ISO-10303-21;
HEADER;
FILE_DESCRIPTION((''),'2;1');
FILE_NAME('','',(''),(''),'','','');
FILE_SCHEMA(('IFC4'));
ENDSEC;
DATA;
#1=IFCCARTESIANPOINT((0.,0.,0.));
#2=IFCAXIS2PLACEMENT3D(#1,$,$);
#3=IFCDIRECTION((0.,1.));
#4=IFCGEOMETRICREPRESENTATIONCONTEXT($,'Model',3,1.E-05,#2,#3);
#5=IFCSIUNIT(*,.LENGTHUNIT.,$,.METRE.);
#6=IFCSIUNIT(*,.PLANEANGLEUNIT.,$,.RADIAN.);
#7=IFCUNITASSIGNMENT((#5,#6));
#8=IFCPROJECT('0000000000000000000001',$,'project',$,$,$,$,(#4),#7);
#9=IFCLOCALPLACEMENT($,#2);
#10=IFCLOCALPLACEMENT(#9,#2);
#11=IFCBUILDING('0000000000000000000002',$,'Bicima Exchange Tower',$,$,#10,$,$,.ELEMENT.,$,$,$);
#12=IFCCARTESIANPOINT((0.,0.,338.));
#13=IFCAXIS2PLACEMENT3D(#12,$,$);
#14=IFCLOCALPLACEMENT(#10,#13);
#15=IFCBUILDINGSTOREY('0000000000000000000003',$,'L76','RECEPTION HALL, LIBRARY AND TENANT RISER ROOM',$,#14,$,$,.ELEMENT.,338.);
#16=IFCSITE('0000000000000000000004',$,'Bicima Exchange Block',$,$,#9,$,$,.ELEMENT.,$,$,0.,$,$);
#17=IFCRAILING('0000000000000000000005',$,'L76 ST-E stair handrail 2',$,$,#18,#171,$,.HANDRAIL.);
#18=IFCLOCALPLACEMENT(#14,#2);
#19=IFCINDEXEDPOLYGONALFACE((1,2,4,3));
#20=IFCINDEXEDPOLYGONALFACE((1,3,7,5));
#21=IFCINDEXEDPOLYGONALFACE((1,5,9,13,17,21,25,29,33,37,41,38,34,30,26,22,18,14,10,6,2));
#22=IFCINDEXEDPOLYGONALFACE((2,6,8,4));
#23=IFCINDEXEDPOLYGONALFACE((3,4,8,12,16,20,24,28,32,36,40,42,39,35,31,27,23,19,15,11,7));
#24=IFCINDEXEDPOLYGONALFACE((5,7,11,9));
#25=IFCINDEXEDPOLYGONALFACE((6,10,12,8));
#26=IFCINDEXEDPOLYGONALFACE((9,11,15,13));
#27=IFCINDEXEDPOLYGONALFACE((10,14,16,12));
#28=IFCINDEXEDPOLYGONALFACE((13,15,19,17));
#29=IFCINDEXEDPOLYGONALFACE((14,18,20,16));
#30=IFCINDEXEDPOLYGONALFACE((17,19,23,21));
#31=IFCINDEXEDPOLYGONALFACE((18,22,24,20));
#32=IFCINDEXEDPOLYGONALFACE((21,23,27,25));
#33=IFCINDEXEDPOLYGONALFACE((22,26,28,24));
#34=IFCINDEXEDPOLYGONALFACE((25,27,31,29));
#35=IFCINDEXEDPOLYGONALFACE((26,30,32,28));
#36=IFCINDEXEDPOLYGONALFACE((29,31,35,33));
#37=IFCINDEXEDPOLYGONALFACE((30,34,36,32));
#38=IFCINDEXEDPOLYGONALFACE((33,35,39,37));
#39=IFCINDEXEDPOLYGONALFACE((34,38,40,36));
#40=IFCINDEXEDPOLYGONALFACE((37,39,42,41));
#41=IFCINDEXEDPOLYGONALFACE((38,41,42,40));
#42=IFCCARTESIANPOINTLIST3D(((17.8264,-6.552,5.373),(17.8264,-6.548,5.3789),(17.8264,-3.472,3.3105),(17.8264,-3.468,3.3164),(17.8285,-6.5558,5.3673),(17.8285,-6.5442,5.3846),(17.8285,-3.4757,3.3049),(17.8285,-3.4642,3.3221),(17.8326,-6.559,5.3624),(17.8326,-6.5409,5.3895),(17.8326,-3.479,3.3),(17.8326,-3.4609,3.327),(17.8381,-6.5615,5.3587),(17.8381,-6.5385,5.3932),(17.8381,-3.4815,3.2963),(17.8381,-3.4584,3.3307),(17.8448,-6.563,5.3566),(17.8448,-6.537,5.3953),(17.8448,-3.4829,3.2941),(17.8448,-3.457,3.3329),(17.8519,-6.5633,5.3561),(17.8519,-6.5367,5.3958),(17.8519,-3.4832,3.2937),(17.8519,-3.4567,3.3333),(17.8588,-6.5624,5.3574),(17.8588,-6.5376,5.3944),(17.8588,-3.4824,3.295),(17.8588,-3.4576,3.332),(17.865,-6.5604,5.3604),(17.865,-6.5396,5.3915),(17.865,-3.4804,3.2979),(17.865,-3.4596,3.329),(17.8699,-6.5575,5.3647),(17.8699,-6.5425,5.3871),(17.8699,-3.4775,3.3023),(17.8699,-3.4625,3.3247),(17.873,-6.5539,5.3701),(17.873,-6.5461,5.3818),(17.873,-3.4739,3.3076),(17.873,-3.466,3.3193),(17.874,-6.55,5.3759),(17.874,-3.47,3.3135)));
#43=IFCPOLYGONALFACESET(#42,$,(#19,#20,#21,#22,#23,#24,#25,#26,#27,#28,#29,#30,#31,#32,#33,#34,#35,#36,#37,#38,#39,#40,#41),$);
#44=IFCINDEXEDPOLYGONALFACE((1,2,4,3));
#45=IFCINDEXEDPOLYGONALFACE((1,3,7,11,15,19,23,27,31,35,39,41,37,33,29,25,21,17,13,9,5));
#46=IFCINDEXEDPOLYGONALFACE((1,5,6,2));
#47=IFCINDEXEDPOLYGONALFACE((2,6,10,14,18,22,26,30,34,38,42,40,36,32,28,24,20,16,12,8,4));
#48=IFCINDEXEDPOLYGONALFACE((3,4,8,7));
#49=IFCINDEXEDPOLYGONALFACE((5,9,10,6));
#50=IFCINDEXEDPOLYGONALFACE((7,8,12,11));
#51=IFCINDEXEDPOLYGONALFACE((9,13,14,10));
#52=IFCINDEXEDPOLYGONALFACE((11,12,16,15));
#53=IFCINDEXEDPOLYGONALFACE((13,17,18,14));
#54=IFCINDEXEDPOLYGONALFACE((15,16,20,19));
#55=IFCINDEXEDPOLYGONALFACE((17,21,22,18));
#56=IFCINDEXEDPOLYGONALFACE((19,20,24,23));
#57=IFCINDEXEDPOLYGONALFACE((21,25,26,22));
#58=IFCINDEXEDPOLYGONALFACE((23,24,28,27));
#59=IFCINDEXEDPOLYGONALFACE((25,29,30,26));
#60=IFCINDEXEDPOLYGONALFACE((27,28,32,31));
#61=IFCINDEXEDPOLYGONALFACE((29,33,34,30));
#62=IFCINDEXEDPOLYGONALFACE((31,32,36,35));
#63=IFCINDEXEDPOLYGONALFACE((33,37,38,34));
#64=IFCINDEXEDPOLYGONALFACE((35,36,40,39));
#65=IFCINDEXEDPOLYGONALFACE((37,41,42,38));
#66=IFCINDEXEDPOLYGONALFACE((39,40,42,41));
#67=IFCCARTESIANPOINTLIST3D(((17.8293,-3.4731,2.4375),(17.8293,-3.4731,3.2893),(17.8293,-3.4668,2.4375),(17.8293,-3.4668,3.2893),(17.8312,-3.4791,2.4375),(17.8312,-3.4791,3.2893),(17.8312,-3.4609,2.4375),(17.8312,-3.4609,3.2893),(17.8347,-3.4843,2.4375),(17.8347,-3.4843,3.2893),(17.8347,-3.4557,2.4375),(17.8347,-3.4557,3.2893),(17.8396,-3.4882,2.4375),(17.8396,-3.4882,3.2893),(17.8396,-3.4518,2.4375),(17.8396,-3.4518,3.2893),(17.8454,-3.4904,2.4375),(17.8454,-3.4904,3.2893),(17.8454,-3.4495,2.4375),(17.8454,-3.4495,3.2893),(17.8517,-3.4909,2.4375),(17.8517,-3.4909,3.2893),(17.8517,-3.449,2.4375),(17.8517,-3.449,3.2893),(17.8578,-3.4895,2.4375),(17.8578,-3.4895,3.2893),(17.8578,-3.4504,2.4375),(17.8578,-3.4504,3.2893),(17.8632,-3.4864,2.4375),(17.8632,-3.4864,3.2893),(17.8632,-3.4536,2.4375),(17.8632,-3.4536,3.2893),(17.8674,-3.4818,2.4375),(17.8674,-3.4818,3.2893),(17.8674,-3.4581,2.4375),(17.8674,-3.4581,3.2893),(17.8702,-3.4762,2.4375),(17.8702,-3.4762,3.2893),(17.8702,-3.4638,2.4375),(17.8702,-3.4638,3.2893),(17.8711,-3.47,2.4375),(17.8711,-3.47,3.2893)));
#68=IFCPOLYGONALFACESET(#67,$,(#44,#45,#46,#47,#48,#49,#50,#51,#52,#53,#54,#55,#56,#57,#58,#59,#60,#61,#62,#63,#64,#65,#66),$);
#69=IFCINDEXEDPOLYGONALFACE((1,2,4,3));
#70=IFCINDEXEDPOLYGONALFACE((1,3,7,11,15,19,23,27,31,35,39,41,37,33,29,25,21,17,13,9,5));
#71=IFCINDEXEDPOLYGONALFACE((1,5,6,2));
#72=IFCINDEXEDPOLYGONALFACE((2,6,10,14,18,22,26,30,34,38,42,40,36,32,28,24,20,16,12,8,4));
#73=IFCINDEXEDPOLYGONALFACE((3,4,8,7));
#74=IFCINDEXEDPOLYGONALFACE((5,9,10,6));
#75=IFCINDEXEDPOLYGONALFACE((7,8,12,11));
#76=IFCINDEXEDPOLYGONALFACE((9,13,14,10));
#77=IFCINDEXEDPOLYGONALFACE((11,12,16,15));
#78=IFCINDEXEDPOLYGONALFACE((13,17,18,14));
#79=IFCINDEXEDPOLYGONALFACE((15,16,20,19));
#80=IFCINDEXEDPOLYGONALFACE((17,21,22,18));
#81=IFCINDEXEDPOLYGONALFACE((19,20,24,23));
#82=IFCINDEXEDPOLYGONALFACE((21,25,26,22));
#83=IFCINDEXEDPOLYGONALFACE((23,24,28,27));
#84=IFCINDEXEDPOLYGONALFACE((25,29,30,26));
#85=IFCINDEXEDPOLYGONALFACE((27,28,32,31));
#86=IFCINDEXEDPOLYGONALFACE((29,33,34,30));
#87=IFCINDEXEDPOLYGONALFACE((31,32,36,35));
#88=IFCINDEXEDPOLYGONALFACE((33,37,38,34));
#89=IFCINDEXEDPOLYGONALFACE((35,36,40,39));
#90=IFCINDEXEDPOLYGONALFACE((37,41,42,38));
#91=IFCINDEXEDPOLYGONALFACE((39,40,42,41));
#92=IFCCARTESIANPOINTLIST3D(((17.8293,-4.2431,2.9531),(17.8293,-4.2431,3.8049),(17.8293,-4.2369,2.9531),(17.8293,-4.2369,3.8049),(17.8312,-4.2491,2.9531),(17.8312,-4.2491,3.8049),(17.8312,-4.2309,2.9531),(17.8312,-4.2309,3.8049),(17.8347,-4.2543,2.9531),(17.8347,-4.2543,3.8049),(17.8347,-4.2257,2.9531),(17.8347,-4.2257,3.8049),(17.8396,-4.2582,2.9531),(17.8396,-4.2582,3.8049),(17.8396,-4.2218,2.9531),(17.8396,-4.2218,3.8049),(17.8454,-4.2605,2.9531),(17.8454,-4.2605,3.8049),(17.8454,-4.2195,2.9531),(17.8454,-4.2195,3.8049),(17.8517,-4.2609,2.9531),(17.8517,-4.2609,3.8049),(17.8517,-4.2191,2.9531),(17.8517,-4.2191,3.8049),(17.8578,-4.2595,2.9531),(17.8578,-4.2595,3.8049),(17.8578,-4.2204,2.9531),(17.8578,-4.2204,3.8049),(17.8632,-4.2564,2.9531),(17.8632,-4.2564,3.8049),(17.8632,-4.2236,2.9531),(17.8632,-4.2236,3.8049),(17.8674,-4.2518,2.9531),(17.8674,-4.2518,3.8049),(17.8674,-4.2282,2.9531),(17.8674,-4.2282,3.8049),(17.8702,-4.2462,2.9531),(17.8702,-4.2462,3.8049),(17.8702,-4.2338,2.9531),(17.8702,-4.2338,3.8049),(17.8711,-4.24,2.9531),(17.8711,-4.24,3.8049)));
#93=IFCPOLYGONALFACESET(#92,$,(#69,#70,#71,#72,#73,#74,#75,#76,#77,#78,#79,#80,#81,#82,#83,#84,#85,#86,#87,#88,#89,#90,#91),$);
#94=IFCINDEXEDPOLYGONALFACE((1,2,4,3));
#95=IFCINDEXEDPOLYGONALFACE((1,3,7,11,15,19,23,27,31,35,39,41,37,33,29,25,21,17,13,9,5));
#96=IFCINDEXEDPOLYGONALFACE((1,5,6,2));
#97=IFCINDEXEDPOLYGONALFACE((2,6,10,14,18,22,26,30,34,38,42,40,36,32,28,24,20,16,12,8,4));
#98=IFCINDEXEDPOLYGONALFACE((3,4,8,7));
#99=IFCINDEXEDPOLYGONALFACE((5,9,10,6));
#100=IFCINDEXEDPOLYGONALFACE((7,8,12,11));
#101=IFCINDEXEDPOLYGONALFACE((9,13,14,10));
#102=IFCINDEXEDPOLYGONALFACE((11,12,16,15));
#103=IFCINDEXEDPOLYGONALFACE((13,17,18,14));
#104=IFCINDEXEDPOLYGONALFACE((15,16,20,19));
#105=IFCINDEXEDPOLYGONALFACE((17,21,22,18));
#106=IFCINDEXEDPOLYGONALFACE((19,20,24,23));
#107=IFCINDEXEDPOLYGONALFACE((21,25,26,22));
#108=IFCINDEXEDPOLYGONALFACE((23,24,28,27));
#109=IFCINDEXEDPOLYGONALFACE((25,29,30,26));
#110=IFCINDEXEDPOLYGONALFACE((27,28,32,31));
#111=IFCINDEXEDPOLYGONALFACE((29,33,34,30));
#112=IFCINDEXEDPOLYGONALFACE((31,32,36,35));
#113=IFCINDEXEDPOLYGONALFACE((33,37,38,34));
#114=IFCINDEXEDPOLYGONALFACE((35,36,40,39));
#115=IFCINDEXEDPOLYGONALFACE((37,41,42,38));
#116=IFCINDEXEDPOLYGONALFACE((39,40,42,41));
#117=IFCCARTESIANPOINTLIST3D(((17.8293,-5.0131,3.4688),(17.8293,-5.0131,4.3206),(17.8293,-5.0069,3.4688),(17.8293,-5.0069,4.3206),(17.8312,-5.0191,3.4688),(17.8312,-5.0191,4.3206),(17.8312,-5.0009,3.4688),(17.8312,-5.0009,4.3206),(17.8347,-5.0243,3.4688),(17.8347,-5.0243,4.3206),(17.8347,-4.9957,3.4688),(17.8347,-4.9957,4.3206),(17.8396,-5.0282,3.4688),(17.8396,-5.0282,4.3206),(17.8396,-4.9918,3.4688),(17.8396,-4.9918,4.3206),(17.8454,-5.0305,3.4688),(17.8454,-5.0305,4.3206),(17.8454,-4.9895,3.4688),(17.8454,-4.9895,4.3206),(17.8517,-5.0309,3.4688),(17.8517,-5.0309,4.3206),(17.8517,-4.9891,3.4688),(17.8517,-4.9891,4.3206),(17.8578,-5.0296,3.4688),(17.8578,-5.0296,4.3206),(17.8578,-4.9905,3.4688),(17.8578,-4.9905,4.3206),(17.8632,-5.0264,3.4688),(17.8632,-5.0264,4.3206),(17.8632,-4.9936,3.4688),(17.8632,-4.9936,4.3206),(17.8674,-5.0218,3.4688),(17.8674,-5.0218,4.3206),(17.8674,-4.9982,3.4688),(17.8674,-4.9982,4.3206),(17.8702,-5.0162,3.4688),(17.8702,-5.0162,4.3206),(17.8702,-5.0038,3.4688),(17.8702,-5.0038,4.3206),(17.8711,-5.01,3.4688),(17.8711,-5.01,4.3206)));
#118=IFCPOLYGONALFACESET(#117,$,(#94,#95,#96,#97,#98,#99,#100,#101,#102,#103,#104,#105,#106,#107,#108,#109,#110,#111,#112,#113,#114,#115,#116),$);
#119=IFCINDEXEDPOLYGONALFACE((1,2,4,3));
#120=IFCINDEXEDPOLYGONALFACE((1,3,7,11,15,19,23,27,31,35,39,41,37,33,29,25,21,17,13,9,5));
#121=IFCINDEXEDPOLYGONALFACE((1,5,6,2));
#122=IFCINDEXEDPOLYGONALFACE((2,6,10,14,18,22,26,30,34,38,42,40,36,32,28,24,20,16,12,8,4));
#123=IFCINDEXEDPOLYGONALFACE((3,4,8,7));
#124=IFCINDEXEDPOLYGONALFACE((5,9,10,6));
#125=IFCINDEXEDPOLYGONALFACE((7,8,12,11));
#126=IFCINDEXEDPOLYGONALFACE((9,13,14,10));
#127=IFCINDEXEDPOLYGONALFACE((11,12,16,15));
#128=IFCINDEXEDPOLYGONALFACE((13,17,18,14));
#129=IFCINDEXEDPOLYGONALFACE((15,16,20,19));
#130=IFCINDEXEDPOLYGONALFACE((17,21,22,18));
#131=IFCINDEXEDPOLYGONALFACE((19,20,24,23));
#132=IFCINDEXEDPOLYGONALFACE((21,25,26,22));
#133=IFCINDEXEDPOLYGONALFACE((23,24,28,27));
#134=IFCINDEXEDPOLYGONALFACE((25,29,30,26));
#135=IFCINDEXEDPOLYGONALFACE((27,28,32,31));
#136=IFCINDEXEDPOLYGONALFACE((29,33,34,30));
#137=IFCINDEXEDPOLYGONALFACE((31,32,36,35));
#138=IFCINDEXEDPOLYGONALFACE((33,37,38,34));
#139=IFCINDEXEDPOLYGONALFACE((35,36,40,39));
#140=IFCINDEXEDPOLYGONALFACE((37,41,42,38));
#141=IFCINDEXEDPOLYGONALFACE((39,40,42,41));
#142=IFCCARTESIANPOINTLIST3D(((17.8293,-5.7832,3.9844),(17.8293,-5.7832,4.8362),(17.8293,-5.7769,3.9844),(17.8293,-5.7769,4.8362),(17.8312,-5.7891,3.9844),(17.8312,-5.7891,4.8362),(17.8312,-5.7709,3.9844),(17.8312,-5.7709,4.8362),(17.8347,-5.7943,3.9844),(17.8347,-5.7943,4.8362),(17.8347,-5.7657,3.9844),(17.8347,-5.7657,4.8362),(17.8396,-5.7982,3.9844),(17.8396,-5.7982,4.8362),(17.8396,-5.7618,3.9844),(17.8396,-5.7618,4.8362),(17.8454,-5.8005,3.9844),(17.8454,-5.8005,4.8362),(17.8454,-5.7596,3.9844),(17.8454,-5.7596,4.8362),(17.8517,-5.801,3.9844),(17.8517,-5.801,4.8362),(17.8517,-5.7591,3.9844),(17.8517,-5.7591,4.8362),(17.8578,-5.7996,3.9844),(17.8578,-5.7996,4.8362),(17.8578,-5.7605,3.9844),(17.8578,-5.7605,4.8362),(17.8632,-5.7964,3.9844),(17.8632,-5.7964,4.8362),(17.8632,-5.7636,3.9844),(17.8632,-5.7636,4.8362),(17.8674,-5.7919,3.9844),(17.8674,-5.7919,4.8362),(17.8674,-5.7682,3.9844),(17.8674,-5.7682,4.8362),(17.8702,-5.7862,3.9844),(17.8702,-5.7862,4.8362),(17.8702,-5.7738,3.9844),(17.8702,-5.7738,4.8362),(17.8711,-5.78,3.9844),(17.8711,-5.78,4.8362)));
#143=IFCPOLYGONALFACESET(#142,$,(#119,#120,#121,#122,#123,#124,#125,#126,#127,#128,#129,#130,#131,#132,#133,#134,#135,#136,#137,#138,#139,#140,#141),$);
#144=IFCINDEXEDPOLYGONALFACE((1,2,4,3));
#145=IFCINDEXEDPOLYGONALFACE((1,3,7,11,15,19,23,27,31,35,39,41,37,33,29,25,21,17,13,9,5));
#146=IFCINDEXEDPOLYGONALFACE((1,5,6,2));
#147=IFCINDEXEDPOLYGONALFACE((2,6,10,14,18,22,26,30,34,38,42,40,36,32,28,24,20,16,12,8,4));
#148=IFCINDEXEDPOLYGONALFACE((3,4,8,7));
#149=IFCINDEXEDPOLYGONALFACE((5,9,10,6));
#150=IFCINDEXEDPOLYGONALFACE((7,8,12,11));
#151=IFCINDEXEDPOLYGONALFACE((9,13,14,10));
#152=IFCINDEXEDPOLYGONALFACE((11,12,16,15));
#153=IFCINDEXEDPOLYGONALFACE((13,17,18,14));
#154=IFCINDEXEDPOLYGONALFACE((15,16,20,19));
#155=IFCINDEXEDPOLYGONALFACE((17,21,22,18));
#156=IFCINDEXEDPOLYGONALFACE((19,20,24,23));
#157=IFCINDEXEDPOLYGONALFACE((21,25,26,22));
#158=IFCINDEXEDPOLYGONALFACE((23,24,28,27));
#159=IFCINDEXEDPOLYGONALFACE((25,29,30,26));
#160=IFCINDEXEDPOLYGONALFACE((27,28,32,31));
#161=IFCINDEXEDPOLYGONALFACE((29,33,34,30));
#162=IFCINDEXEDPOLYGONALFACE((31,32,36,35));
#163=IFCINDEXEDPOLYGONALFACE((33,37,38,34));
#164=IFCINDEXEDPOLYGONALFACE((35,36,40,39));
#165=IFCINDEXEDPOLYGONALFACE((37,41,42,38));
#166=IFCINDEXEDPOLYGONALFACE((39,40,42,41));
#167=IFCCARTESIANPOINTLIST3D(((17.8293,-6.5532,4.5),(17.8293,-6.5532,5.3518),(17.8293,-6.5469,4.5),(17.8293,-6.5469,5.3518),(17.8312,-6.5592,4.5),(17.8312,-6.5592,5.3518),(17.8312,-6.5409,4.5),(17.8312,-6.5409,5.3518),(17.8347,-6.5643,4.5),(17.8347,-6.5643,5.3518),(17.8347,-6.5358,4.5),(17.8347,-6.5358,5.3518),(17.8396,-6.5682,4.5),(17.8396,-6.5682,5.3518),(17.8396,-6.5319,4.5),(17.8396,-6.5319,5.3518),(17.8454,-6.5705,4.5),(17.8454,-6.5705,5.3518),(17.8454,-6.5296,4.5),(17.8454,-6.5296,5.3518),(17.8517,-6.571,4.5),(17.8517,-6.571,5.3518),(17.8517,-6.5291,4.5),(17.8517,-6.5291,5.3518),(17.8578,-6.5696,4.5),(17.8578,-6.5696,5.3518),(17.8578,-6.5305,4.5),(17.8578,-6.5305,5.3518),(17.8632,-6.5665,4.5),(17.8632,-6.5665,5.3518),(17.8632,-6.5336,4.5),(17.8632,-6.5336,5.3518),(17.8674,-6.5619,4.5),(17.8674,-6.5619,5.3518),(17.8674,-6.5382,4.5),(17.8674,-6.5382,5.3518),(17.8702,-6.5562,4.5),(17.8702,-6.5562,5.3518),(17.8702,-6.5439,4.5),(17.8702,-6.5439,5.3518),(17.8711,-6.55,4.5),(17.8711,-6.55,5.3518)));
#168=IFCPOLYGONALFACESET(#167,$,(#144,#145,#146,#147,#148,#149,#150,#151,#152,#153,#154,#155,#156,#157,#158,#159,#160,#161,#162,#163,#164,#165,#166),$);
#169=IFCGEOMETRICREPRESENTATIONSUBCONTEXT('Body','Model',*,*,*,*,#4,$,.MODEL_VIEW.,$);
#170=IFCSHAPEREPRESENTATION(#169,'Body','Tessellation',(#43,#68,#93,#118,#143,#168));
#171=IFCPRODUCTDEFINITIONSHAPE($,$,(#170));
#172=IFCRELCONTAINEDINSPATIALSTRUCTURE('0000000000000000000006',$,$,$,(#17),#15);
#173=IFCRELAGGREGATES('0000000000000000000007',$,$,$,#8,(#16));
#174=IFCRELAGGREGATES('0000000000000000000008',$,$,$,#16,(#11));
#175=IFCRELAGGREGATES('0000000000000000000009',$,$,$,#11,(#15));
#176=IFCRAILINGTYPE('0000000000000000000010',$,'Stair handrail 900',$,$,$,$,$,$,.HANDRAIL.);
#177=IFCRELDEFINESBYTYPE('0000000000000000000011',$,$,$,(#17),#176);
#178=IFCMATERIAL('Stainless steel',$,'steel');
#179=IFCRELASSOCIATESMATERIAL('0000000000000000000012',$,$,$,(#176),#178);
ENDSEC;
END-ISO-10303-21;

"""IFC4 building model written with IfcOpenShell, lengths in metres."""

from ifc_helpers import new_model, si_unit, direction, frame, origin, origin_2d, place, context, subcontext, project, spatial, circle, extrude, material, type_object, element, save


model = new_model("IFC4")

# Units and contexts
model_context = context("Model", 3, precision=1e-05, world=origin(), true_north=direction((0.0, 1.0)))
body_context = subcontext(model_context, "Body", "Model", "MODEL_VIEW")
ifc_project = project(units=[si_unit("LENGTHUNIT", "METRE"), si_unit("PLANEANGLEUNIT", "RADIAN")], contexts=[model_context])

# Site, building, storey
site_placement = place(None, origin())
site = spatial("IfcSite", under=ifc_project, at=site_placement, Name="Bicima Exchange Block", CompositionType="ELEMENT", RefElevation=0.0)
building_placement = place(site_placement, origin())
building = spatial("IfcBuilding", under=site, at=building_placement, Name="Bicima Exchange Tower", CompositionType="ELEMENT")
storey_placement = place(building_placement, frame((0.0, 0.0, 338.0)))
storey = spatial("IfcBuildingStorey", under=building, at=storey_placement, Name="L76", Description="RECEPTION HALL, LIBRARY AND TENANT RISER ROOM", CompositionType="ELEMENT", Elevation=338.0)

# Railing
ifc_material_1 = material(Name="Stainless steel", Category="steel")
railing_type_1 = type_object("IfcRailingType", Name="Stair handrail 900", PredefinedType="HANDRAIL", material=ifc_material_1)
railing_1_placement = place(storey_placement, frame((17.8501, -3.47, 2.4375)))
element("IfcRailing", 1, at=railing_1_placement, inside=storey, type_object=railing_type_1, Name="L76 ST-E stair handrail 2", PredefinedType="HANDRAIL", context=body_context, shape_type="SweptSolid", body=[
    extrude(circle(Radius=0.0239, at=origin_2d()), frame((0.0, 0.0, 0.876), z_axis=(0.0, -0.830914, 0.556401), x_axis=(1.0, 0.0, 0.0)), (0.0, 0.0, 1.0), 3.7068),
    extrude(circle(Radius=0.021, at=origin_2d()), origin(), (0.0, 0.0, 1.0), 0.8518),
    extrude(circle(Radius=0.021, at=origin_2d()), frame((0.0, -0.77, 0.5156)), (0.0, 0.0, 1.0), 0.8518),
    extrude(circle(Radius=0.021, at=origin_2d()), frame((0.0, -1.54, 1.0312)), (0.0, 0.0, 1.0), 0.8518),
    extrude(circle(Radius=0.021, at=origin_2d()), frame((0.0, -2.3101, 1.5469)), (0.0, 0.0, 1.0), 0.8518),
    extrude(circle(Radius=0.021, at=origin_2d()), frame((0.0, -3.0801, 2.0625)), (0.0, 0.0, 1.0), 0.8518),
])

save(model, "model.ifc")
